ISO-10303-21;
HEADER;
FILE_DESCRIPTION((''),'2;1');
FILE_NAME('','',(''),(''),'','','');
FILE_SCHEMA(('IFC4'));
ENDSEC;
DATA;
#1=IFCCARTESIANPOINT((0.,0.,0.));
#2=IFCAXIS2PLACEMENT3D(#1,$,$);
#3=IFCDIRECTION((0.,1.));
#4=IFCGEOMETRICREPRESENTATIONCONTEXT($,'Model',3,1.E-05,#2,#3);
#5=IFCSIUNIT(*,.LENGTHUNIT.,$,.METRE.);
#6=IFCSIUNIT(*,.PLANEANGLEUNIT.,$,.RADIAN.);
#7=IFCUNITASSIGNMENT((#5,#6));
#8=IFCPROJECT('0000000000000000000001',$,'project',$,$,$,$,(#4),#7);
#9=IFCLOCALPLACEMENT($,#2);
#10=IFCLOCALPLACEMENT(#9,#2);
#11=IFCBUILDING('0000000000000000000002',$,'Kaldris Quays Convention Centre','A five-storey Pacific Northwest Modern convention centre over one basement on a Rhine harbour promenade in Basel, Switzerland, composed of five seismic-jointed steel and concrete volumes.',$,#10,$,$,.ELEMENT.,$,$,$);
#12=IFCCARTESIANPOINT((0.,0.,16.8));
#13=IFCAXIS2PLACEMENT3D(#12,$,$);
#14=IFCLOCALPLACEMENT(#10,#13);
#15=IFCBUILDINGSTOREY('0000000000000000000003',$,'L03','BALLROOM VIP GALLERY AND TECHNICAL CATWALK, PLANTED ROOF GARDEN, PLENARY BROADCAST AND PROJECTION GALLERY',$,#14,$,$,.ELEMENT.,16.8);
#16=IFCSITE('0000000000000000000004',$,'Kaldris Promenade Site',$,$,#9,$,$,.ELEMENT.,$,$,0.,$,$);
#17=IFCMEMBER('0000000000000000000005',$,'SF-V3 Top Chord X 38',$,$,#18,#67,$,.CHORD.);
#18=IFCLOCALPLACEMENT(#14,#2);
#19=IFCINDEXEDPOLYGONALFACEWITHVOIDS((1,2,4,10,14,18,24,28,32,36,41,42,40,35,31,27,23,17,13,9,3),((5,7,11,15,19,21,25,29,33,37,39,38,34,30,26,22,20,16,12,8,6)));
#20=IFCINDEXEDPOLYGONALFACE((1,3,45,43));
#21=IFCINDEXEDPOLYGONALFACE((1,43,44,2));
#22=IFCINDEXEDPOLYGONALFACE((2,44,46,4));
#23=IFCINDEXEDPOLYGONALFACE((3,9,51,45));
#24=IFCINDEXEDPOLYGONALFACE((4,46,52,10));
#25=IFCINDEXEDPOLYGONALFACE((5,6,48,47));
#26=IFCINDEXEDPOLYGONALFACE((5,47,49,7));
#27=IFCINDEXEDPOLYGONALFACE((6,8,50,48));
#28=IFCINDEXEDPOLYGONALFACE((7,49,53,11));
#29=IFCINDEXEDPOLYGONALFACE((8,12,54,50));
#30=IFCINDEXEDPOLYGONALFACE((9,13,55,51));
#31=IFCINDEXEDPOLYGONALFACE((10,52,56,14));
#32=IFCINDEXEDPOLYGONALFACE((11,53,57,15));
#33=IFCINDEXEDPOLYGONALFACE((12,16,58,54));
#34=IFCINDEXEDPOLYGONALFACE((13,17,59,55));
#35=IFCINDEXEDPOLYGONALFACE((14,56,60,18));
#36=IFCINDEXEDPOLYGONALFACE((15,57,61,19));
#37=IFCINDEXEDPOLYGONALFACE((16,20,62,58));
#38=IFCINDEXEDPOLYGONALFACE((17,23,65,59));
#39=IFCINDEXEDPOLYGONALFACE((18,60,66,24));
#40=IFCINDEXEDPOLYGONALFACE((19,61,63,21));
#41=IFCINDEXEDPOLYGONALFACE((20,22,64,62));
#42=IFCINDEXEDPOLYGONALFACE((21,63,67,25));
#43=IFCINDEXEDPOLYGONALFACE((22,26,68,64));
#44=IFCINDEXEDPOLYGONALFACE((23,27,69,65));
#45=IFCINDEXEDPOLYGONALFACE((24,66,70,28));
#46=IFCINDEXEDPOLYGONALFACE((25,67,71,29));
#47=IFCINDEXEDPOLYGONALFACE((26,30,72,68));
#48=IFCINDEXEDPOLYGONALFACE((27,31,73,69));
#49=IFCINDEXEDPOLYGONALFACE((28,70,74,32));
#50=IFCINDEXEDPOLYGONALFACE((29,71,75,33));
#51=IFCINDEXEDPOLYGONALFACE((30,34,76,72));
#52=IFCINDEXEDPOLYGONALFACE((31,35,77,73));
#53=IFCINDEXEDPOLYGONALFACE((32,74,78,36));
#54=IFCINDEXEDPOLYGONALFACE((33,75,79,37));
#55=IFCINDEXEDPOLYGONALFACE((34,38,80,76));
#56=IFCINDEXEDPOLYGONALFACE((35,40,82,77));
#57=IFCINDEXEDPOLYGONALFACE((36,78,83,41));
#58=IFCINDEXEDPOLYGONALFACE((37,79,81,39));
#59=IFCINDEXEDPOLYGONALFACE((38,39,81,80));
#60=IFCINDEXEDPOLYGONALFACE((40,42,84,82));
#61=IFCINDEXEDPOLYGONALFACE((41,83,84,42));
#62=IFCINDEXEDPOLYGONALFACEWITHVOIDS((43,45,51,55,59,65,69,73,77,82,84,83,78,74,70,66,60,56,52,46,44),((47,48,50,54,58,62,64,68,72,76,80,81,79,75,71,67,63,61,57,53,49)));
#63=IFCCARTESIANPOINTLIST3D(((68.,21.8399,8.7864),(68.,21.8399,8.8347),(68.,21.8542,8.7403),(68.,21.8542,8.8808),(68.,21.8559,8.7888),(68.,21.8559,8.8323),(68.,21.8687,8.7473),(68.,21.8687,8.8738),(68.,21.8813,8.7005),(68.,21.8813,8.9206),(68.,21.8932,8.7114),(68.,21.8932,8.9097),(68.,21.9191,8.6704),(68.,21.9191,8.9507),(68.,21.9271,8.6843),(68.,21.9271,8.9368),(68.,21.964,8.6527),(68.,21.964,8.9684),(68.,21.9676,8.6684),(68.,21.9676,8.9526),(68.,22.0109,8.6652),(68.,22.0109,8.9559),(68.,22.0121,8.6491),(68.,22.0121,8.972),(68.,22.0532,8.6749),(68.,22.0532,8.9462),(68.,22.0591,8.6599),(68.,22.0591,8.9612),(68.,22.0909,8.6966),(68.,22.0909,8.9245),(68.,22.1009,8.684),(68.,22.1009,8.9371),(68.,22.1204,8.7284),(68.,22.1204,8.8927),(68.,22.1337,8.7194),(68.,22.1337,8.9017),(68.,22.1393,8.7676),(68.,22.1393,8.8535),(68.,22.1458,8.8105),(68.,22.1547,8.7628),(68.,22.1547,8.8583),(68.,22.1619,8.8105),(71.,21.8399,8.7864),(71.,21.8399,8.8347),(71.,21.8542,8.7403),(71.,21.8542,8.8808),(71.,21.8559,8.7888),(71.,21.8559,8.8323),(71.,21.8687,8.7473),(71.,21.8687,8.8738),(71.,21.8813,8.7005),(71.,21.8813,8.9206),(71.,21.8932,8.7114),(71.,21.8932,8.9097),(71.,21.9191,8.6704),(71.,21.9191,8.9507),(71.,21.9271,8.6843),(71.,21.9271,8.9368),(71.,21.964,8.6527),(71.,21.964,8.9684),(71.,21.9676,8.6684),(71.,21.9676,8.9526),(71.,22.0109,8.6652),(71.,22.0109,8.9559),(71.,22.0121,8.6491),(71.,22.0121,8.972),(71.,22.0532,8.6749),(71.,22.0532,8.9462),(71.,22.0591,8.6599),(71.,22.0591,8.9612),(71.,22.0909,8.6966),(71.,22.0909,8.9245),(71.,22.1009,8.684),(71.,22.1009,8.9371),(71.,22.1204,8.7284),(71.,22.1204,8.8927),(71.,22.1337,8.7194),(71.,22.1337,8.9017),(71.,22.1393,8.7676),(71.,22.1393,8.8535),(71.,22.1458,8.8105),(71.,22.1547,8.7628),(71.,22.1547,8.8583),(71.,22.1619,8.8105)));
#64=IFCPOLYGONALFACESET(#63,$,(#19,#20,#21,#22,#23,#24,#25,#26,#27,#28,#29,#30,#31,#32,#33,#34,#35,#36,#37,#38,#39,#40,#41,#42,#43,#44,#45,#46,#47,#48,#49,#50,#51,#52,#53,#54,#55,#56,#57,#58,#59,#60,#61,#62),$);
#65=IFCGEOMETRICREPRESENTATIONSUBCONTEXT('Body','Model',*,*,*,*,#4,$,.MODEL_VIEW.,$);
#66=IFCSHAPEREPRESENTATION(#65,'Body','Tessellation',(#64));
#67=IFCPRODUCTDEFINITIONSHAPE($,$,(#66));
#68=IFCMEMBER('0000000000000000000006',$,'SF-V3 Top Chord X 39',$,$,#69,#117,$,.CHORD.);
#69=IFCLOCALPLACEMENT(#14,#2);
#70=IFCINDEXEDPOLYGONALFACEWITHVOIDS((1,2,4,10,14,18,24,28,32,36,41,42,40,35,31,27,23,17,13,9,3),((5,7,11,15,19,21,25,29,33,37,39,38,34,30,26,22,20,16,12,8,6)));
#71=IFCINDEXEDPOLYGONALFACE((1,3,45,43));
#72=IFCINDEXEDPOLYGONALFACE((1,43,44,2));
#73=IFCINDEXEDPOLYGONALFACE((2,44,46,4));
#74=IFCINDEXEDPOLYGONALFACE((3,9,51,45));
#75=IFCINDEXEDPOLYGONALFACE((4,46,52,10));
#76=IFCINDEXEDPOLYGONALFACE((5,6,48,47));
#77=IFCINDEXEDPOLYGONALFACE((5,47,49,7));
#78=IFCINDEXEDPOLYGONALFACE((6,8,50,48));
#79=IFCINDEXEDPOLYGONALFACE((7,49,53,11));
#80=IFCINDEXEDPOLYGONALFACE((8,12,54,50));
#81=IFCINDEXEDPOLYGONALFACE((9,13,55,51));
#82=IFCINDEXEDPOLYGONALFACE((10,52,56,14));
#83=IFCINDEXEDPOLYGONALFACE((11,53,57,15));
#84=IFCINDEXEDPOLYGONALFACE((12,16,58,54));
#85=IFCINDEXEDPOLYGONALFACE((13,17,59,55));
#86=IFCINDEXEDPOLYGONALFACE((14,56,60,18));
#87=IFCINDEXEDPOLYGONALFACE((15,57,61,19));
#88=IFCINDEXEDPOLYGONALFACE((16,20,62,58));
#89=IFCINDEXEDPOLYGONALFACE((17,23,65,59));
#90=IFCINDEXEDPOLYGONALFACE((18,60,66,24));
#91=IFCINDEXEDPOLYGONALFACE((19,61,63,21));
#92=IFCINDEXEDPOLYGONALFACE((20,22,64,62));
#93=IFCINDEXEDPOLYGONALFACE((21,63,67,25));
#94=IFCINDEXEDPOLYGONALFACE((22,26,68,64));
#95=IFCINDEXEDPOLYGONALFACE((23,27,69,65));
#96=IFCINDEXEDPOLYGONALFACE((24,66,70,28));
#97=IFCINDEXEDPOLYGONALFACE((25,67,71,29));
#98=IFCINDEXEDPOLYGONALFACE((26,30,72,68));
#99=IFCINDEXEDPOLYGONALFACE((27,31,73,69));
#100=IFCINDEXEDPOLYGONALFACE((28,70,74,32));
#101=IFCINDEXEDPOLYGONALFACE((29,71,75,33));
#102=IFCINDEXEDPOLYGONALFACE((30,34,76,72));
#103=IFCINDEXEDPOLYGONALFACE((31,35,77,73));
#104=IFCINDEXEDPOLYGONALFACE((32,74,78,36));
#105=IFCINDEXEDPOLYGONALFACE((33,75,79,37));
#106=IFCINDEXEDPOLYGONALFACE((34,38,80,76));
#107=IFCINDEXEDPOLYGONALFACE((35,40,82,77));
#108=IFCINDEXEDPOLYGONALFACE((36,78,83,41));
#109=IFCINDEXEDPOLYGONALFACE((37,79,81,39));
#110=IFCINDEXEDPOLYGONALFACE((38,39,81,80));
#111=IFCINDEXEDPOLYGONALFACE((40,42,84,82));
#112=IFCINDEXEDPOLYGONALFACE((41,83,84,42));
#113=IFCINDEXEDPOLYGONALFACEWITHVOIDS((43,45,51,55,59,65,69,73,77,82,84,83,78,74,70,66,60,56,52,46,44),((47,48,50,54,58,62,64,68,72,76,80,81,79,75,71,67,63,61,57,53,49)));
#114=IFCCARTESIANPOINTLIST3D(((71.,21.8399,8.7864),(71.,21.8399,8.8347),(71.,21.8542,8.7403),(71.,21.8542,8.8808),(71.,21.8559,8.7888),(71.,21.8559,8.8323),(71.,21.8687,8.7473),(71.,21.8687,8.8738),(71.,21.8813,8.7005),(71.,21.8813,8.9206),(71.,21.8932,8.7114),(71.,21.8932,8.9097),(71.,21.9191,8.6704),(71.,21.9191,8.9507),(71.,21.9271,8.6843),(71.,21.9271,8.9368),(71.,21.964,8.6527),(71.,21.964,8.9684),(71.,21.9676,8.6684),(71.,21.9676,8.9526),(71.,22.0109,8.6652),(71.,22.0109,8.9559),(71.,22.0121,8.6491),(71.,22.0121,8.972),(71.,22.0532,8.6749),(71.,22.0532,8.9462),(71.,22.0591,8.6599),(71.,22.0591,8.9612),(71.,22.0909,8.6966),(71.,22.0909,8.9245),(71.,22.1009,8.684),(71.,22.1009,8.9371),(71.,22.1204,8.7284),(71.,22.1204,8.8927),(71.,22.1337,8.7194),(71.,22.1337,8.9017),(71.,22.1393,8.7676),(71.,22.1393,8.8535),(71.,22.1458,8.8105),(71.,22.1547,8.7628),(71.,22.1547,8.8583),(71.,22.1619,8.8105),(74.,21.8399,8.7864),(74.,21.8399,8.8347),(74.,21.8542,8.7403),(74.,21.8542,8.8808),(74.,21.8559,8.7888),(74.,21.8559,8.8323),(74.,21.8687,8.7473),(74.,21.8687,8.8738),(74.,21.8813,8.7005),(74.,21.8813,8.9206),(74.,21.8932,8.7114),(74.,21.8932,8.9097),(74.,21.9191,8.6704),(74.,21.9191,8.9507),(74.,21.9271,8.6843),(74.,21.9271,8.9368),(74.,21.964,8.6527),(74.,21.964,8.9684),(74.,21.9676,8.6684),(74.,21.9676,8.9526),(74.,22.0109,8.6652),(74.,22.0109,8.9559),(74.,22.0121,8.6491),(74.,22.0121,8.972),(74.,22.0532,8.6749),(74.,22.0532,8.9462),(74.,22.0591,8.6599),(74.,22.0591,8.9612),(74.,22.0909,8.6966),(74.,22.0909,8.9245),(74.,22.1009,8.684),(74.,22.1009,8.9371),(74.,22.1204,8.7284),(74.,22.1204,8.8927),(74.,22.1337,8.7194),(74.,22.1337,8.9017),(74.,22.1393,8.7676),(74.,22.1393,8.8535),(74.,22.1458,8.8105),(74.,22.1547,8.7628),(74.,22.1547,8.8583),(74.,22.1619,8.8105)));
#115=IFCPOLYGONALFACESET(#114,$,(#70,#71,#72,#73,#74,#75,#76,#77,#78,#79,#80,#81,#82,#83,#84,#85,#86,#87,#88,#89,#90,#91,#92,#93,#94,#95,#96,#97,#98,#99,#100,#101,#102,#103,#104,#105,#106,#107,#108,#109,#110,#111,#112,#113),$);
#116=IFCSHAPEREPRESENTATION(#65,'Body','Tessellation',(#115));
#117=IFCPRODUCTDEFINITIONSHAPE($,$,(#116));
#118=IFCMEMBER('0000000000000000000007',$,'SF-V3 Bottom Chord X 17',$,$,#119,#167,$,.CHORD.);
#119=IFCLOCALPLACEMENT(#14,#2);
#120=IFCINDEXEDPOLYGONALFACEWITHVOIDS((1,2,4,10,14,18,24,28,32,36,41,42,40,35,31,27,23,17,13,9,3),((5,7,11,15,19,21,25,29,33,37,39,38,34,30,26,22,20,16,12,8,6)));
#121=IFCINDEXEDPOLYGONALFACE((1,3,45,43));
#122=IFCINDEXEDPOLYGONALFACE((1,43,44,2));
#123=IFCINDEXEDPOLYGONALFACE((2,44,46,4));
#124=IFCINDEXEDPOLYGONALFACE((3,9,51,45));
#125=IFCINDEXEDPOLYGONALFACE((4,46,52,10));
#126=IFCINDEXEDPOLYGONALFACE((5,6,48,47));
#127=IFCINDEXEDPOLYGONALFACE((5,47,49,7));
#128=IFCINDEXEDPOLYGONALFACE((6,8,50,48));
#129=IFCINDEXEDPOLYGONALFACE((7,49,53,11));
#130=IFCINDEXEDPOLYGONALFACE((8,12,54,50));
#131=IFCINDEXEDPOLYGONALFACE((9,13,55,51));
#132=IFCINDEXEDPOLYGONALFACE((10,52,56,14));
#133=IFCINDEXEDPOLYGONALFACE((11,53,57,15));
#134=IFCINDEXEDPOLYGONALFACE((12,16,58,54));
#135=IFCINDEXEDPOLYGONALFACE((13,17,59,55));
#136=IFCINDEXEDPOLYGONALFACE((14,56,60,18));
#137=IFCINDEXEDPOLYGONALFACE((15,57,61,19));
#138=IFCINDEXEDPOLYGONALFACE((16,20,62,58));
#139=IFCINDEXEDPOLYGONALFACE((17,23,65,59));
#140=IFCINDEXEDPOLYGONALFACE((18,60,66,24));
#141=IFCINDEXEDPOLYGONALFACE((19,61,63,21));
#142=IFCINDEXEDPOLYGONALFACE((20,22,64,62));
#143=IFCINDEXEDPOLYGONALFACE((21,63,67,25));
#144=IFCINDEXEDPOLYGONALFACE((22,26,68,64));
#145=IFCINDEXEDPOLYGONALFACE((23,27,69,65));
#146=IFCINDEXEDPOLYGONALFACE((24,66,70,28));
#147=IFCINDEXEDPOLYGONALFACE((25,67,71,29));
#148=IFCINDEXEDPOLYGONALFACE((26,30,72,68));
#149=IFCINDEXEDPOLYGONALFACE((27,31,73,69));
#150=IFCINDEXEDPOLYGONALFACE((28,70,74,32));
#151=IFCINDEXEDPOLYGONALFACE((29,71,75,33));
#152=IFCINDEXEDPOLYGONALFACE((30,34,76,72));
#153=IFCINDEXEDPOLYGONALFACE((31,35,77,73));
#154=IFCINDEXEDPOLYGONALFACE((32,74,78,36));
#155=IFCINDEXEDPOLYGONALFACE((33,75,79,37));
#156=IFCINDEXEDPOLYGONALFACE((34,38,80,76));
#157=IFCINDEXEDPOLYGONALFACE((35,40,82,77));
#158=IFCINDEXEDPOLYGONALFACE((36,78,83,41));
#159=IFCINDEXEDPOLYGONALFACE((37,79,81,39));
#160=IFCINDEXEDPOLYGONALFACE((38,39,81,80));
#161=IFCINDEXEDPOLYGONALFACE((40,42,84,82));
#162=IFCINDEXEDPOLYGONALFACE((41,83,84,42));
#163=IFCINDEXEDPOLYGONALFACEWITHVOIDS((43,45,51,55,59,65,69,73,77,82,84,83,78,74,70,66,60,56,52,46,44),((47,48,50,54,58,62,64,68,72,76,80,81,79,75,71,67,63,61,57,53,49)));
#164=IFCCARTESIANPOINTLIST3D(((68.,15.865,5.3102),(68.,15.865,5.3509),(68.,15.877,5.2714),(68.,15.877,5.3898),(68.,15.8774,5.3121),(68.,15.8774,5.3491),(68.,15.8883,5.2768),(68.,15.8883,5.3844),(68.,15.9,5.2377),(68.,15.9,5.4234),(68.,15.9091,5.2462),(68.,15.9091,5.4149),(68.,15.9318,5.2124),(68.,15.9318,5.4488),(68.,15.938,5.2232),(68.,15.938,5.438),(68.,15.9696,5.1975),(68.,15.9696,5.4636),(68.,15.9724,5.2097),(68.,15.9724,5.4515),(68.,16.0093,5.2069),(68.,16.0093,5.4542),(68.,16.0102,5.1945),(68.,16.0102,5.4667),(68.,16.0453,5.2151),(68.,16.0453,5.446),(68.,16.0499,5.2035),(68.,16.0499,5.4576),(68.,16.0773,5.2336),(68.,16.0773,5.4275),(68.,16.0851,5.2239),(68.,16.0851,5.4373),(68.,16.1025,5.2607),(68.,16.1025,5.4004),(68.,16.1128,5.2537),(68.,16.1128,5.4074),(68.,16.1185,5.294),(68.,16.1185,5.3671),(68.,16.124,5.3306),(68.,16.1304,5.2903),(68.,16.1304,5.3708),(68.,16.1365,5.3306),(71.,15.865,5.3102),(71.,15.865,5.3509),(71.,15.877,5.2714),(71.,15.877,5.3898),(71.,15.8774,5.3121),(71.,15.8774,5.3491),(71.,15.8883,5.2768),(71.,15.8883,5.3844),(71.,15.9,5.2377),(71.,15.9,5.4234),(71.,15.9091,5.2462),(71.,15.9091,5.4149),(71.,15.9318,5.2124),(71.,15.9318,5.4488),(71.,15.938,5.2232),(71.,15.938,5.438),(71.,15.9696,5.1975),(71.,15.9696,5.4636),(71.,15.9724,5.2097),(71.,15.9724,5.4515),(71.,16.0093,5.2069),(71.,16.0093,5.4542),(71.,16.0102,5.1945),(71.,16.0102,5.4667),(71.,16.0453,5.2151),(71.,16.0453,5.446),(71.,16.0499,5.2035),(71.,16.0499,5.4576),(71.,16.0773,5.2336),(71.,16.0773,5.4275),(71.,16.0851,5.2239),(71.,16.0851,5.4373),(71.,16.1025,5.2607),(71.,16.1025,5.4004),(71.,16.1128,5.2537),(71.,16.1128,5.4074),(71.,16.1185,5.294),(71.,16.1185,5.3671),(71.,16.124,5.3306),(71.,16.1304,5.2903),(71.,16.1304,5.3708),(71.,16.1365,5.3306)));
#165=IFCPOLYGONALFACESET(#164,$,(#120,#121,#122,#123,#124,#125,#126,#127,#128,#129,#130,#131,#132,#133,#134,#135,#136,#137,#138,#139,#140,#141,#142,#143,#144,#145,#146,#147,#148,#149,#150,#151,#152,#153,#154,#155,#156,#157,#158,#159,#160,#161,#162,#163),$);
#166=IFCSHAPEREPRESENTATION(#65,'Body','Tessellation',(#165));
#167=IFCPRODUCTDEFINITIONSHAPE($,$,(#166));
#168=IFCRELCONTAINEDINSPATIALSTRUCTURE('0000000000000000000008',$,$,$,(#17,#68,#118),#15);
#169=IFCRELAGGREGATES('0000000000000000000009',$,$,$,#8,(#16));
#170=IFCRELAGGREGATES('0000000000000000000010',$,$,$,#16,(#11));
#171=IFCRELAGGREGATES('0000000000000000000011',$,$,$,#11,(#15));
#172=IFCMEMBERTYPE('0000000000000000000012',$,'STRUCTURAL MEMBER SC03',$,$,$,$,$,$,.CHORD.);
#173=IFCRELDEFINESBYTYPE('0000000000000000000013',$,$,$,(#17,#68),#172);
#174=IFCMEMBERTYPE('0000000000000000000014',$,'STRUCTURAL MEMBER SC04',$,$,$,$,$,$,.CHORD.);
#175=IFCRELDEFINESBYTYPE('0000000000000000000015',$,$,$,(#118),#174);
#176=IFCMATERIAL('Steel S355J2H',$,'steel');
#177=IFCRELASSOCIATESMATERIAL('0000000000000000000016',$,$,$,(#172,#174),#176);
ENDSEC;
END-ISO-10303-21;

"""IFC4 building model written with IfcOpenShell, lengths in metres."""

from ifc_helpers import new_model, si_unit, direction, frame, origin, origin_2d, place, context, subcontext, project, spatial, hollow_circle, extrude, material, material_profile, profile_set, type_object, element, save


model = new_model("IFC4")

# Units and contexts
model_context = context("Model", 3, precision=1e-05, world=origin(), true_north=direction((0.0, 1.0)))
body_context = subcontext(model_context, "Body", "Model", "MODEL_VIEW")
ifc_project = project(units=[si_unit("LENGTHUNIT", "METRE"), si_unit("PLANEANGLEUNIT", "RADIAN")], contexts=[model_context])

# Site, building, storey
site_placement = place(None, origin())
site = spatial("IfcSite", under=ifc_project, at=site_placement, Name="Kaldris Promenade Site", CompositionType="ELEMENT", RefElevation=0.0)
building_placement = place(site_placement, origin())
building = spatial("IfcBuilding", under=site, at=building_placement, Name="Kaldris Quays Convention Centre", Description="A five-storey Pacific Northwest Modern convention centre over one basement on a Rhine harbour promenade in Basel, Switzerland, composed of five seismic-jointed steel and concrete volumes.", CompositionType="ELEMENT")
storey_placement = place(building_placement, frame((0.0, 0.0, 16.8)))
storey = spatial("IfcBuildingStorey", under=building, at=storey_placement, Name="L03", Description="BALLROOM VIP GALLERY AND TECHNICAL CATWALK, PLANTED ROOF GARDEN, PLENARY BROADCAST AND PROJECTION GALLERY", CompositionType="ELEMENT", Elevation=16.8)

# Members
ifc_material_1 = material(Name="Steel S355J2H", Category="steel")
ifc_material_profile_1 = material_profile(ifc_material_1, hollow_circle(Radius=0.1619, WallThickness=0.0161, at=origin_2d()), Name="CHS 323.9x16")
ifc_profile_set_1 = profile_set([ifc_material_profile_1], Name="Steel S355J2H")
member_type_1 = type_object("IfcMemberType", Name="STRUCTURAL MEMBER SC03", PredefinedType="CHORD", material=ifc_profile_set_1)
for number, where, z_axis, x_axis, name in (
    (1, (68.0, 22.0, 8.8105), (1.0, 0.0, 0.0), (0.0, 1.0, 0.0), "SF-V3 Top Chord X 38"),
    (2, (71.0, 22.0, 8.8105), (1.0, 0.0, 0.0), (0.0, 1.0, 0.0), "SF-V3 Top Chord X 39"),
):
    element("IfcMember", number, at=place(storey_placement, frame(where, z_axis=z_axis, x_axis=x_axis)), inside=storey, type_object=member_type_1, Name=name, PredefinedType="CHORD", context=body_context, shape_type="SweptSolid", body=[
        extrude(hollow_circle(Radius=0.1619, WallThickness=0.0161, at=origin_2d()), origin(), (0.0, 0.0, 1.0), 3.0),
    ])
ifc_material_profile_2 = material_profile(ifc_material_1, hollow_circle(Radius=0.1365, WallThickness=0.0125, at=origin_2d()), Name="CHS 273x12.5")
ifc_profile_set_2 = profile_set([ifc_material_profile_2], Name="Steel S355J2H")
member_type_2 = type_object("IfcMemberType", Name="STRUCTURAL MEMBER SC04", PredefinedType="CHORD", material=ifc_profile_set_2)
for number, where, z_axis, x_axis, name in (
    (3, (68.0, 16.0, 5.3306), (1.0, 0.0, 0.0), (0.0, 1.0, 0.0), "SF-V3 Bottom Chord X 17"),
):
    element("IfcMember", number, at=place(storey_placement, frame(where, z_axis=z_axis, x_axis=x_axis)), inside=storey, type_object=member_type_2, Name=name, PredefinedType="CHORD", context=body_context, shape_type="SweptSolid", body=[
        extrude(hollow_circle(Radius=0.1365, WallThickness=0.0125, at=origin_2d()), origin(), (0.0, 0.0, 1.0), 3.0),
    ])

save(model, "model.ifc")
